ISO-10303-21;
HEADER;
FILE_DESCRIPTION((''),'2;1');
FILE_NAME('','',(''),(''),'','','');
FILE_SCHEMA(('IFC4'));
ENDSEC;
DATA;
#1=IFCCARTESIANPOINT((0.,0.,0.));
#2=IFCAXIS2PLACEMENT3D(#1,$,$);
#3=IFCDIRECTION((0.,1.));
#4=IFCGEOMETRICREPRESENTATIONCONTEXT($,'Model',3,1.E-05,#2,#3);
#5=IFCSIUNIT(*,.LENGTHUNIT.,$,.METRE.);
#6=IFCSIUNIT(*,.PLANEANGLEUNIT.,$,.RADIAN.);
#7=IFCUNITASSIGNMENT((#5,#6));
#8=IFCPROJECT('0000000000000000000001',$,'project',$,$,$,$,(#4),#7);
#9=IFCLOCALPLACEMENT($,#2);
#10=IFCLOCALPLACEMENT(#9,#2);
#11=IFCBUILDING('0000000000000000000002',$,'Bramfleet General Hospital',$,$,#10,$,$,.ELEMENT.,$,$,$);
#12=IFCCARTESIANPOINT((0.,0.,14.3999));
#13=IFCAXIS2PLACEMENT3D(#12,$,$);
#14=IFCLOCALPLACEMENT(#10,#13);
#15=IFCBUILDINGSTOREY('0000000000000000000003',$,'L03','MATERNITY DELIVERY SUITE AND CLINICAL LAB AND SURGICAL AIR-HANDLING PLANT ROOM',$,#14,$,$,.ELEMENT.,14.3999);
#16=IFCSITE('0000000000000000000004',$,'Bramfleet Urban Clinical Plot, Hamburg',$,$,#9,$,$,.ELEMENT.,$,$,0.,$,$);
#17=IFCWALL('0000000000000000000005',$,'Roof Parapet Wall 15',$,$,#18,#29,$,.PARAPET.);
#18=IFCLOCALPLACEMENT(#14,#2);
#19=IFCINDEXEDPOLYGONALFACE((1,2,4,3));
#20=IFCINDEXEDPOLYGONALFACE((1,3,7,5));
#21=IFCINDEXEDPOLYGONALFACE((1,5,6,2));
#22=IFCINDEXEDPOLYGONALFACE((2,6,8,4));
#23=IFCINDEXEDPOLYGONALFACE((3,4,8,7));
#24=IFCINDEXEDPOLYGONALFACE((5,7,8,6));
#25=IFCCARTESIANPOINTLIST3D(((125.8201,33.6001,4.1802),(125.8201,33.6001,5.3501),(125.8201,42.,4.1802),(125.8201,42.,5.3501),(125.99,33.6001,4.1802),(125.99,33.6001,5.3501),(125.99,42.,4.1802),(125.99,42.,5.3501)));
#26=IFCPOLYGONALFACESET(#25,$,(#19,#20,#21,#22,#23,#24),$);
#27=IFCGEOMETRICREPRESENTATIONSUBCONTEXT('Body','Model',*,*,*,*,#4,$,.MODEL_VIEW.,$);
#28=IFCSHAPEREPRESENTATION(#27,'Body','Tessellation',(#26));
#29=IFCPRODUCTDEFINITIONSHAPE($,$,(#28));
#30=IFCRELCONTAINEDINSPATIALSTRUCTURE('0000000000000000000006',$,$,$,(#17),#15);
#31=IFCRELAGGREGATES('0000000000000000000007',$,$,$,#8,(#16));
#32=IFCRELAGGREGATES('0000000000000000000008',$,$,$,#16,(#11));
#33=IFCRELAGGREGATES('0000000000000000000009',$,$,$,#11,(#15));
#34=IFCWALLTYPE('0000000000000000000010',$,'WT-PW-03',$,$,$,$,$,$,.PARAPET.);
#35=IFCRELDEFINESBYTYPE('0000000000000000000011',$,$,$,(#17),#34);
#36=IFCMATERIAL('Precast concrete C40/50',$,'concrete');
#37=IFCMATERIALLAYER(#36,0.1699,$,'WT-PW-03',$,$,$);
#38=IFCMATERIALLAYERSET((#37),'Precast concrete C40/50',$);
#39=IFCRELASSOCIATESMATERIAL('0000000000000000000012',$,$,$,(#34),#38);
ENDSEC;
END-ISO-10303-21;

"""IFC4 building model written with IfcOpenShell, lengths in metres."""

from ifc_helpers import new_model, si_unit, direction, frame, frame_2d, origin, place, context, subcontext, project, spatial, rectangle, extrude, material, layer, layer_set, type_object, element, save


model = new_model("IFC4")

# Units and contexts
model_context = context("Model", 3, precision=1e-05, world=origin(), true_north=direction((0.0, 1.0)))
body_context = subcontext(model_context, "Body", "Model", "MODEL_VIEW")
ifc_project = project(units=[si_unit("LENGTHUNIT", "METRE"), si_unit("PLANEANGLEUNIT", "RADIAN")], contexts=[model_context])

# Site, building, storey
site_placement = place(None, origin())
site = spatial("IfcSite", under=ifc_project, at=site_placement, Name="Bramfleet Urban Clinical Plot, Hamburg", CompositionType="ELEMENT", RefElevation=0.0)
building_placement = place(site_placement, origin())
building = spatial("IfcBuilding", under=site, at=building_placement, Name="Bramfleet General Hospital", CompositionType="ELEMENT")
storey_placement = place(building_placement, frame((0.0, 0.0, 14.3999)))
storey = spatial("IfcBuildingStorey", under=building, at=storey_placement, Name="L03", Description="MATERNITY DELIVERY SUITE AND CLINICAL LAB AND SURGICAL AIR-HANDLING PLANT ROOM", CompositionType="ELEMENT", Elevation=14.3999)

# Wall
ifc_material_1 = material(Name="Precast concrete C40/50", Category="concrete")
ifc_layer_1 = layer(ifc_material_1, 0.1699, Name="WT-PW-03")
ifc_layer_set_1 = layer_set([ifc_layer_1], Name="Precast concrete C40/50")
wall_type_1 = type_object("IfcWallType", Name="WT-PW-03", PredefinedType="PARAPET", material=ifc_layer_set_1)
wall_1_placement = place(storey_placement, frame((125.905, 42.0, 4.1802), z_axis=(0.0, 0.0, 1.0), x_axis=(0.0, -1.0, 0.0)))
element("IfcWall", 1, at=wall_1_placement, inside=storey, type_object=wall_type_1, Name="Roof Parapet Wall 15", PredefinedType="PARAPET", context=body_context, shape_type="SweptSolid", body=[
    extrude(rectangle(XDim=8.3999, YDim=0.1699, at=frame_2d((4.2, 0.0))), origin(), (0.0, 0.0, 1.0), 1.1699),
])

save(model, "model.ifc")
